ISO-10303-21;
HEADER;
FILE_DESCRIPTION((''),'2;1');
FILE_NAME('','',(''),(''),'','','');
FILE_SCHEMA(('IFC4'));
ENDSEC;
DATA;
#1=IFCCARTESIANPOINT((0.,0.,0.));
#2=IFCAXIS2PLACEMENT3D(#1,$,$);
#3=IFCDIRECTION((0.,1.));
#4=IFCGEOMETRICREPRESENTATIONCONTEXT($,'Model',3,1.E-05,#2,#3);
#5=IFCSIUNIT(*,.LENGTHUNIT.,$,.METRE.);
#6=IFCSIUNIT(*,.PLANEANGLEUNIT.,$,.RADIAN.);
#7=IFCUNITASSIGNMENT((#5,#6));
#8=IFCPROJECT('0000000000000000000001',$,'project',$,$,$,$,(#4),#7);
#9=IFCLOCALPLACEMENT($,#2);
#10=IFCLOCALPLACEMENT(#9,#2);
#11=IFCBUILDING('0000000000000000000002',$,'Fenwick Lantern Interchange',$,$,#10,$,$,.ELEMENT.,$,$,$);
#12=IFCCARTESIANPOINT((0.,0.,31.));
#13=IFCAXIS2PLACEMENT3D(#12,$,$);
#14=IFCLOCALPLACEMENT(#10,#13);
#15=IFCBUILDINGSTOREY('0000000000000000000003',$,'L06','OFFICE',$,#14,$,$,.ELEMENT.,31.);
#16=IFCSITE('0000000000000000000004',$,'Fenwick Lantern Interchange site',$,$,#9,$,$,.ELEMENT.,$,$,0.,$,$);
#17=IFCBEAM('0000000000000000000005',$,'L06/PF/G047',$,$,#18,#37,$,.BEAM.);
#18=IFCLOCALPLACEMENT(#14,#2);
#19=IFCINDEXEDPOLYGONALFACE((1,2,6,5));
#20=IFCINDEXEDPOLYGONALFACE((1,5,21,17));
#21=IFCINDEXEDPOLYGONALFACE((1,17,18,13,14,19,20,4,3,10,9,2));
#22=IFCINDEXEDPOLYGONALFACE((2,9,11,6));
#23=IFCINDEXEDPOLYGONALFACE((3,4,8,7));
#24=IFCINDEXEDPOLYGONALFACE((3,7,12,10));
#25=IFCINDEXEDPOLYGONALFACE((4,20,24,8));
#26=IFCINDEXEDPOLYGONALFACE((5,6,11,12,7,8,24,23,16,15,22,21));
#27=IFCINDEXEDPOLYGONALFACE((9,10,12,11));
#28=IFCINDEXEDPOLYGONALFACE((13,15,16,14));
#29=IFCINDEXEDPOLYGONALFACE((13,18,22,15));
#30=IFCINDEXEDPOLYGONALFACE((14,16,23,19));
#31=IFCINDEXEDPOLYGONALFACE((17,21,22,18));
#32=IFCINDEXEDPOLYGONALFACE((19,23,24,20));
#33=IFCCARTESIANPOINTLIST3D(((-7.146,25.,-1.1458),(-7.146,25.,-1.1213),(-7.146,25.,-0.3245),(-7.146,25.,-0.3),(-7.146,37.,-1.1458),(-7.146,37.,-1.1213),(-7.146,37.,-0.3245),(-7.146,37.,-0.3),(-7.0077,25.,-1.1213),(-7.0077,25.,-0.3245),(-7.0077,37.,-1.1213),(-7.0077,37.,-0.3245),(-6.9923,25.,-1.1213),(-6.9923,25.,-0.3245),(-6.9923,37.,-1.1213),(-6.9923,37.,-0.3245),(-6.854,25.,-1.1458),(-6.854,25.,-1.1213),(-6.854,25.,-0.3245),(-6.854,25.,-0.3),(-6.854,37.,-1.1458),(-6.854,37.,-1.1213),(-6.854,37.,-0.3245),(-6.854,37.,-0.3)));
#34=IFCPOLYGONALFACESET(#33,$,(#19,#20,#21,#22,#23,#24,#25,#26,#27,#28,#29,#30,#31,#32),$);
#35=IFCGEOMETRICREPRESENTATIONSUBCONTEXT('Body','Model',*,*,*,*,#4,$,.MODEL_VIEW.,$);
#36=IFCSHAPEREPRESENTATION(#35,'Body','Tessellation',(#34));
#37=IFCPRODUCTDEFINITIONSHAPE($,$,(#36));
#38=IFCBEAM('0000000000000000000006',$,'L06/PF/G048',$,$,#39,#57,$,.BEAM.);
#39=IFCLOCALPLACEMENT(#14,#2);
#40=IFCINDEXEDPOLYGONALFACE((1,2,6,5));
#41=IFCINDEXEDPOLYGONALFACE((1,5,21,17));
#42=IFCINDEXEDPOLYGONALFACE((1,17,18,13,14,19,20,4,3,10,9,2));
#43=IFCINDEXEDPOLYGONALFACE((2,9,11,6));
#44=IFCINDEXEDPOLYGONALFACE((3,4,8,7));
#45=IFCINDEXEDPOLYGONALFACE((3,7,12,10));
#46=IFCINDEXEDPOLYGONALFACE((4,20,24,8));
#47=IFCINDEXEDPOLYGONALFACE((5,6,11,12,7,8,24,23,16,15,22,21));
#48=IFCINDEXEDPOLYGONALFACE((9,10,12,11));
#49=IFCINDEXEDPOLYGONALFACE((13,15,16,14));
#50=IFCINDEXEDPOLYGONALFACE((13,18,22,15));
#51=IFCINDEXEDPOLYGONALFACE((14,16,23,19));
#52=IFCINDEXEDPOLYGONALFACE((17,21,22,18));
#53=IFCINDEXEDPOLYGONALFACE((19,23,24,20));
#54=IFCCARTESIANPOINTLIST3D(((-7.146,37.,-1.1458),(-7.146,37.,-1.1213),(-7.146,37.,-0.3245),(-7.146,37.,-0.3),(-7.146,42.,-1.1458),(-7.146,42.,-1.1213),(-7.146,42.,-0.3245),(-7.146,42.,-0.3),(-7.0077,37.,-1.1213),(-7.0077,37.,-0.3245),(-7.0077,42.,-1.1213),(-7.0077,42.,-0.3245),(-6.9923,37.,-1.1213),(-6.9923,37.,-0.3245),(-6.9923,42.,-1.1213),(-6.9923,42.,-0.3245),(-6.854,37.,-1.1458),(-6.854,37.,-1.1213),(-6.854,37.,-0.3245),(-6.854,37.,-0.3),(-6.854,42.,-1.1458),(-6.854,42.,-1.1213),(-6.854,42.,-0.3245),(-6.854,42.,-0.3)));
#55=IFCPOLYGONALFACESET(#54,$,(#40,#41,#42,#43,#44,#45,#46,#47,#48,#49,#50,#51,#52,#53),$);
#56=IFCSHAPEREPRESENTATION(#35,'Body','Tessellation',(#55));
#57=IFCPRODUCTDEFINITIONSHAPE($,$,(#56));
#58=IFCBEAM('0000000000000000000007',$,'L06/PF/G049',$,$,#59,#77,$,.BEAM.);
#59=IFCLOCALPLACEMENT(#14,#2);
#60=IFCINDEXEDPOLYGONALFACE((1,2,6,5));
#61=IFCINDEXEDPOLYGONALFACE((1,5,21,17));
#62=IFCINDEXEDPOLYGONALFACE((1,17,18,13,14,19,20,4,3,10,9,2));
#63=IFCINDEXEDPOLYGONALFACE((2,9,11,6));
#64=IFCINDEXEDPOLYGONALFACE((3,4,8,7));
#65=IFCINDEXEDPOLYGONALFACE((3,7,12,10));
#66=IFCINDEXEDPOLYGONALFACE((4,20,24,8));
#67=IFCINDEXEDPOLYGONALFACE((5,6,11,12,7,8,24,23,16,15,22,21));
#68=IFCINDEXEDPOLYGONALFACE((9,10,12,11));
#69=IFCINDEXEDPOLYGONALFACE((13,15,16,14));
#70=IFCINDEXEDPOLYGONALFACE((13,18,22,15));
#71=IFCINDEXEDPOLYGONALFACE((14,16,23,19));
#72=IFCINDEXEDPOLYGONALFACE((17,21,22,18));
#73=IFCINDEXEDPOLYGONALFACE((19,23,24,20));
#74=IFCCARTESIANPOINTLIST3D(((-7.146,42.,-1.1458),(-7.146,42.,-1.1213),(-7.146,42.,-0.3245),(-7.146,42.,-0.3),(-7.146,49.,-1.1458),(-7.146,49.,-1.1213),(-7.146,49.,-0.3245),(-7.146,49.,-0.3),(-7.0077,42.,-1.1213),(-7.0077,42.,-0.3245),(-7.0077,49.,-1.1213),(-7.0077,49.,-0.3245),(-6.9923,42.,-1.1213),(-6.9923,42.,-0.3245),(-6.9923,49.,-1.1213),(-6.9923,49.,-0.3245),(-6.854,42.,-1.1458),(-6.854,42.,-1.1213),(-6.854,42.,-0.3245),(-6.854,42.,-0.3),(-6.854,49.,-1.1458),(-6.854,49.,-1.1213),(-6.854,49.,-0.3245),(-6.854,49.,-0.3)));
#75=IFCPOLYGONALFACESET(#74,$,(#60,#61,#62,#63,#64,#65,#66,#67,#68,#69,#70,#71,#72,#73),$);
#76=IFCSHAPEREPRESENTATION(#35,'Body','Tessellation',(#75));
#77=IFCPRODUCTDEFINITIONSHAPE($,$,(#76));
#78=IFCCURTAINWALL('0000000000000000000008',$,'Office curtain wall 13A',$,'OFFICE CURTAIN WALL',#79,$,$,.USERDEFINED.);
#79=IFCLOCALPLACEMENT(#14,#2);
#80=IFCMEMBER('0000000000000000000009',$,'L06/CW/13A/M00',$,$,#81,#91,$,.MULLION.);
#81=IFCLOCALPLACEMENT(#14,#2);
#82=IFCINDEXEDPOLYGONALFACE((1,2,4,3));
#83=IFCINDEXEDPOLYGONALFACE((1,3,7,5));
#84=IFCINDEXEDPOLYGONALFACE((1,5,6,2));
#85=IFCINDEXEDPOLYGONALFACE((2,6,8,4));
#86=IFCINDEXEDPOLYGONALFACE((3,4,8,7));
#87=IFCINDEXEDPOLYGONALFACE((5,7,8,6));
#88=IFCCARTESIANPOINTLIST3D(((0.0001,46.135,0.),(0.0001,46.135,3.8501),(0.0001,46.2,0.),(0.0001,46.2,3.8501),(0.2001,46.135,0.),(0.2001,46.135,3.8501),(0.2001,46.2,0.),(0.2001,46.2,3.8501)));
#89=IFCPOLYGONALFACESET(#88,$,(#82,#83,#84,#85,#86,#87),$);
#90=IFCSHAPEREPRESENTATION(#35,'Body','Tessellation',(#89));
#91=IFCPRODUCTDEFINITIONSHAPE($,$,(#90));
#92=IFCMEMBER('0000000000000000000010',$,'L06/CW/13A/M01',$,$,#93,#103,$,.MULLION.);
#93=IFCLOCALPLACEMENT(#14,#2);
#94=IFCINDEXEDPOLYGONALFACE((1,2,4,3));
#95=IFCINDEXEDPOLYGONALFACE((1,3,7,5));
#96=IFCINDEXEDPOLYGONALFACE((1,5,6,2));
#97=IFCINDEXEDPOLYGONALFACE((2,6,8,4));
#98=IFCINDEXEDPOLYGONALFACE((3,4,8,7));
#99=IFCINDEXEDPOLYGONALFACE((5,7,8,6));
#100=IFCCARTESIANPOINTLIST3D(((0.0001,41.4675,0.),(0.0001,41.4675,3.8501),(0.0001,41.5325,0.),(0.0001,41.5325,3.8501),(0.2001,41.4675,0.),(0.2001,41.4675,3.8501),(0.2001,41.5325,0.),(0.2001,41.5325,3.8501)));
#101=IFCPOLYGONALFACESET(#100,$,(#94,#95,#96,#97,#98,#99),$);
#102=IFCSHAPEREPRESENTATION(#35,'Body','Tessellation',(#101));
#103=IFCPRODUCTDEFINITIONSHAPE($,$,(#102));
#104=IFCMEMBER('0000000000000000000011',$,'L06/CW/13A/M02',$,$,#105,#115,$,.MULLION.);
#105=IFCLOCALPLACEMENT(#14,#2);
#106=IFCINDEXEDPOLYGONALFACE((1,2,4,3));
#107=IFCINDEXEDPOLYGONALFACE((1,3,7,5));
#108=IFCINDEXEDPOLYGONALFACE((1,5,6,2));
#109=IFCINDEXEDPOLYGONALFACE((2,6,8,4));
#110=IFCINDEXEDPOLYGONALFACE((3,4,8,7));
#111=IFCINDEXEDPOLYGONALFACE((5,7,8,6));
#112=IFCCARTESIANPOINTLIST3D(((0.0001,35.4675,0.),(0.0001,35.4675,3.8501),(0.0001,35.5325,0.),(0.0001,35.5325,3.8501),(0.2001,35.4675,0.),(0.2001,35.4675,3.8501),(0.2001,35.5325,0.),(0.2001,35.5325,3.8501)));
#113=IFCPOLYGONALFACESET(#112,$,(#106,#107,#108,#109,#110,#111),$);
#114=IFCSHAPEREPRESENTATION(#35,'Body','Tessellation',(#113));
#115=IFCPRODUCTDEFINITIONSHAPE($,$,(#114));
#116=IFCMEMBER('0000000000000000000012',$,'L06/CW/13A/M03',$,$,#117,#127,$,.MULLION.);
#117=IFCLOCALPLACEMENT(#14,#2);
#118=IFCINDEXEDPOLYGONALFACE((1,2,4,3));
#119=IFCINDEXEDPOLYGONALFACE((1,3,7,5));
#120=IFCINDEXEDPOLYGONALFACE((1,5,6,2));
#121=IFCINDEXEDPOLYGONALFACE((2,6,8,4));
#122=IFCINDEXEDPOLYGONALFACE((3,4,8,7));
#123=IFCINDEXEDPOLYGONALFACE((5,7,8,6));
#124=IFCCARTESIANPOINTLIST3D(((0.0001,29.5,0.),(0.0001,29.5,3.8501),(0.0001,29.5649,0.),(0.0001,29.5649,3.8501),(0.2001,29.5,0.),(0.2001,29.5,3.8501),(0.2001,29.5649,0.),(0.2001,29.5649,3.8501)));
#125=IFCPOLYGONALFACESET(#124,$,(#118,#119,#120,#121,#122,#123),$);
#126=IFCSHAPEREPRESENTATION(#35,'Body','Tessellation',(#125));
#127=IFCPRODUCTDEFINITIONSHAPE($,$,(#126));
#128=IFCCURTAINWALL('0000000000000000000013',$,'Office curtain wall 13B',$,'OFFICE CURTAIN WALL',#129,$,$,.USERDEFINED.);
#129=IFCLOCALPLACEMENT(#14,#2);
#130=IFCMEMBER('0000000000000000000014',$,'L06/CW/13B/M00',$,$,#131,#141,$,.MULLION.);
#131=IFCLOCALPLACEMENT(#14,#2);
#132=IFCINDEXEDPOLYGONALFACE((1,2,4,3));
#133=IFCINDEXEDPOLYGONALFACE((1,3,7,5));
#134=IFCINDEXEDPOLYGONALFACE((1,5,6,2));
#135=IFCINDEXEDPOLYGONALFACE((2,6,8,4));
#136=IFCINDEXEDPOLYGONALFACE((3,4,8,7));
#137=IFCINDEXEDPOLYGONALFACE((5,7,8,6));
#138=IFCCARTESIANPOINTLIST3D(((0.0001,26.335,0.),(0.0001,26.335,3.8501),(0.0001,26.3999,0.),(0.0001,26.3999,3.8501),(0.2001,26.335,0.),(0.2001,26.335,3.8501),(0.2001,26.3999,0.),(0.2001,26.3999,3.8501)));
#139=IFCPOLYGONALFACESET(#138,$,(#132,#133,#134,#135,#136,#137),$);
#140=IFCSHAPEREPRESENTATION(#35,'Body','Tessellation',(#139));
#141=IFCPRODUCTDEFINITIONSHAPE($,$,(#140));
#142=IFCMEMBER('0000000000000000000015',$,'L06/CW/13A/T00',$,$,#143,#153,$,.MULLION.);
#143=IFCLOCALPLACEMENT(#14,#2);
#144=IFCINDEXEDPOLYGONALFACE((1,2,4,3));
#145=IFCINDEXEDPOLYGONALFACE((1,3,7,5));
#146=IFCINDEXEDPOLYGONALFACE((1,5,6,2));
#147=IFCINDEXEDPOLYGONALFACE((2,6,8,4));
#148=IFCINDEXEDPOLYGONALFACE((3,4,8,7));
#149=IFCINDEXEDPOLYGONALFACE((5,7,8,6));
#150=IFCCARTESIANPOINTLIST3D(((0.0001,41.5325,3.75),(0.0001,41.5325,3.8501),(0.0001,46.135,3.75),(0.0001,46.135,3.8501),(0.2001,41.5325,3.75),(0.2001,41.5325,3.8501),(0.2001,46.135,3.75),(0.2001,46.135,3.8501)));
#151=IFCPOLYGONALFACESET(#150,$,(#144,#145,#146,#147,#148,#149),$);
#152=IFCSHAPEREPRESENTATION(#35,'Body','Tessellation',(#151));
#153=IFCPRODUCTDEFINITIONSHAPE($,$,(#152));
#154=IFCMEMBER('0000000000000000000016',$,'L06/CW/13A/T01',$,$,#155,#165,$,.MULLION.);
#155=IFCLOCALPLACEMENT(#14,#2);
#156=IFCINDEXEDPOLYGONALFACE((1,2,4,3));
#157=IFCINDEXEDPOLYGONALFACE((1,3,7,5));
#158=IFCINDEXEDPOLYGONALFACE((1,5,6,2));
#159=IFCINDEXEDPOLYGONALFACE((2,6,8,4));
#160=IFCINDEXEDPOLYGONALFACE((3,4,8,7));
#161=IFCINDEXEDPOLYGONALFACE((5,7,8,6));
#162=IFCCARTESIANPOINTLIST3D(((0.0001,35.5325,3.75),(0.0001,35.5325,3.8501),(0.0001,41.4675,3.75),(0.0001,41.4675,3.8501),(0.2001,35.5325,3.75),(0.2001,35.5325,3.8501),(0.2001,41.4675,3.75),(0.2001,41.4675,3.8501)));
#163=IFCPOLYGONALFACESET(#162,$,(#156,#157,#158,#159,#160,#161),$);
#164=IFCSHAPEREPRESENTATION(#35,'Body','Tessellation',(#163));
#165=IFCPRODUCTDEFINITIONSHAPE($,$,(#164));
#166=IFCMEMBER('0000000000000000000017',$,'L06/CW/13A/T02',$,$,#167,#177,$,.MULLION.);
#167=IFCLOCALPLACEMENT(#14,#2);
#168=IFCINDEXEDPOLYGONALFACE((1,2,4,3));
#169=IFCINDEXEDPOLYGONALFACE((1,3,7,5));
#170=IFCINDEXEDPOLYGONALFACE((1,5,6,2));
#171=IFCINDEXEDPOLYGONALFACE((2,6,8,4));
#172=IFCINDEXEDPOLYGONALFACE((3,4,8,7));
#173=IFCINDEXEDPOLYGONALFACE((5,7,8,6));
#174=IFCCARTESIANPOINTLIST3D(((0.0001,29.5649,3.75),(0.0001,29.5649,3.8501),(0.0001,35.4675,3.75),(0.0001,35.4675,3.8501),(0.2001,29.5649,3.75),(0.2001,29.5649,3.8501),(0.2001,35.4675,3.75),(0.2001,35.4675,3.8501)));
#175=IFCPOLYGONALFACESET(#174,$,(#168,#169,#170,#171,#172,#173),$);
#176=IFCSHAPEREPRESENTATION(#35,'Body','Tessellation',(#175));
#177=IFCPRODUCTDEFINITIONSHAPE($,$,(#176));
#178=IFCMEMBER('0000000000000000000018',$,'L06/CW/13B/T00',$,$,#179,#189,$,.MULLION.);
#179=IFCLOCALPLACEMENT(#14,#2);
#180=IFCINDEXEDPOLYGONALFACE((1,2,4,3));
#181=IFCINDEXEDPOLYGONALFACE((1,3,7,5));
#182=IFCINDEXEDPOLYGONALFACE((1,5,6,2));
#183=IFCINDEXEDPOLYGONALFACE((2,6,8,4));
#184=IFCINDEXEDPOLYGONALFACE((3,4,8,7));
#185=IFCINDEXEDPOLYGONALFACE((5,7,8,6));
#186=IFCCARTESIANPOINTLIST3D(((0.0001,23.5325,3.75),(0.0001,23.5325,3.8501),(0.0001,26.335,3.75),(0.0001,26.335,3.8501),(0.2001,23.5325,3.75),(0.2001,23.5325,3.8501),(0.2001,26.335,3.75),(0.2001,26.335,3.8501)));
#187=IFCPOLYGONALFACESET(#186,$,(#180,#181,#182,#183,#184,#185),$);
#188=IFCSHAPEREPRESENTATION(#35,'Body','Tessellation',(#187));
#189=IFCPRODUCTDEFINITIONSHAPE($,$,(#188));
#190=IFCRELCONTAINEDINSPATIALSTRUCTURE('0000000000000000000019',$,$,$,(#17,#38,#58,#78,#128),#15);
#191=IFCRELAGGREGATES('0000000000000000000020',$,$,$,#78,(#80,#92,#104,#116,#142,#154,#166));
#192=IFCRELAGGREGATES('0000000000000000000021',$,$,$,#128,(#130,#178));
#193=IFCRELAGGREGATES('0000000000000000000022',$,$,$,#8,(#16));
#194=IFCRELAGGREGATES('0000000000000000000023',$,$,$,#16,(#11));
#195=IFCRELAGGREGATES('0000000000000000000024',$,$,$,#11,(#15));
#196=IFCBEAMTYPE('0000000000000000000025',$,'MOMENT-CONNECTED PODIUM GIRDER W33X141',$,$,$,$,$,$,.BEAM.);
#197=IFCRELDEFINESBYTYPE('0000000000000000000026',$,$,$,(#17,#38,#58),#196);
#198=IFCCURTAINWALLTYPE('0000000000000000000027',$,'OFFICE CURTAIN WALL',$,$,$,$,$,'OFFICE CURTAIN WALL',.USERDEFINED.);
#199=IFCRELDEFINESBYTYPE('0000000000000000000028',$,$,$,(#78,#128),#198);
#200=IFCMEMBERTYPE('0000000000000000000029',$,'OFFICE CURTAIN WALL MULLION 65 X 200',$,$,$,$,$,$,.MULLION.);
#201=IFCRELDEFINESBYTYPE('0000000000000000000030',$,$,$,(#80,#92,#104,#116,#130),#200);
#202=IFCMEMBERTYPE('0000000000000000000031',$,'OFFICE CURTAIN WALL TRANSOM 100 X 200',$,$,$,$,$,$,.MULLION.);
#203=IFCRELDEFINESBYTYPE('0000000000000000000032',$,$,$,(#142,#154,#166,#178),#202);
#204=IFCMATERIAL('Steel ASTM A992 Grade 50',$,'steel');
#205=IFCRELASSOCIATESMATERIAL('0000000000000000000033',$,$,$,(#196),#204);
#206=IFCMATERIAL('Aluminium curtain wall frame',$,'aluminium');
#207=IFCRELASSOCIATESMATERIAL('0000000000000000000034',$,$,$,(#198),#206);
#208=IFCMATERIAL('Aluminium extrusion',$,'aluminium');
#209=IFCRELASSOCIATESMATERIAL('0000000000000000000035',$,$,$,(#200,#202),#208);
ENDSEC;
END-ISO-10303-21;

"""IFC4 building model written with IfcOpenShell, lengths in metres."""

from ifc_helpers import new_model, si_unit, direction, frame, origin, origin_2d, place, context, subcontext, project, spatial, rectangle, i_section, extrude, material, material_profile, profile_set, type_object, element, aggregate, save


model = new_model("IFC4")

# Units and contexts
model_context = context("Model", 3, precision=1e-05, world=origin(), true_north=direction((0.0, 1.0)))
body_context = subcontext(model_context, "Body", "Model", "MODEL_VIEW")
ifc_project = project(units=[si_unit("LENGTHUNIT", "METRE"), si_unit("PLANEANGLEUNIT", "RADIAN")], contexts=[model_context])

# Site, building, storey
site_placement = place(None, origin())
site = spatial("IfcSite", under=ifc_project, at=site_placement, Name="Fenwick Lantern Interchange site", CompositionType="ELEMENT", RefElevation=0.0)
building_placement = place(site_placement, origin())
building = spatial("IfcBuilding", under=site, at=building_placement, Name="Fenwick Lantern Interchange", CompositionType="ELEMENT")
storey_placement = place(building_placement, frame((0.0, 0.0, 31.0)))
storey = spatial("IfcBuildingStorey", under=building, at=storey_placement, Name="L06", Description="OFFICE", CompositionType="ELEMENT", Elevation=31.0)

# Beams
ifc_material_1 = material(Name="Steel ASTM A992 Grade 50", Category="steel")
ifc_material_profile_1 = material_profile(ifc_material_1, i_section(OverallWidth=0.292, OverallDepth=0.8457, WebThickness=0.0154, FlangeThickness=0.0244, at=origin_2d()), Name="W33X141")
ifc_profile_set_1 = profile_set([ifc_material_profile_1], Name="Steel ASTM A992 Grade 50")
beam_type_1 = type_object("IfcBeamType", Name="MOMENT-CONNECTED PODIUM GIRDER W33X141", PredefinedType="BEAM", material=ifc_profile_set_1)
beam_1_placement = place(storey_placement, frame((-7.0, 25.0, -0.7229), z_axis=(0.0, 1.0, 0.0), x_axis=(-1.0, 0.0, 0.0)))
element("IfcBeam", 1, at=beam_1_placement, inside=storey, type_object=beam_type_1, Name="L06/PF/G047", PredefinedType="BEAM", context=body_context, shape_type="SweptSolid", body=[
    extrude(i_section(OverallWidth=0.292, OverallDepth=0.8457, WebThickness=0.0154, FlangeThickness=0.0244, at=origin_2d()), origin(), (0.0, 0.0, 1.0), 12.0),
])
beam_2_placement = place(storey_placement, frame((-7.0, 37.0, -0.7229), z_axis=(0.0, 1.0, 0.0), x_axis=(-1.0, 0.0, 0.0)))
element("IfcBeam", 2, at=beam_2_placement, inside=storey, type_object=beam_type_1, Name="L06/PF/G048", PredefinedType="BEAM", context=body_context, shape_type="SweptSolid", body=[
    extrude(i_section(OverallWidth=0.292, OverallDepth=0.8457, WebThickness=0.0154, FlangeThickness=0.0244, at=origin_2d()), origin(), (0.0, 0.0, 1.0), 5.0),
])
beam_3_placement = place(storey_placement, frame((-7.0, 42.0, -0.7229), z_axis=(0.0, 1.0, 0.0), x_axis=(-1.0, 0.0, 0.0)))
element("IfcBeam", 3, at=beam_3_placement, inside=storey, type_object=beam_type_1, Name="L06/PF/G049", PredefinedType="BEAM", context=body_context, shape_type="SweptSolid", body=[
    extrude(i_section(OverallWidth=0.292, OverallDepth=0.8457, WebThickness=0.0154, FlangeThickness=0.0244, at=origin_2d()), origin(), (0.0, 0.0, 1.0), 7.0),
])

# Curtain wall, members
ifc_material_2 = material(Name="Aluminium curtain wall frame", Category="aluminium")
curtain_wall_type = type_object("IfcCurtainWallType", Name="OFFICE CURTAIN WALL", ElementType="OFFICE CURTAIN WALL", PredefinedType="USERDEFINED", material=ifc_material_2)
curtain_wall_1_placement = place(storey_placement, origin())
curtain_wall_1 = element("IfcCurtainWall", 4, at=curtain_wall_1_placement, inside=storey, type_object=curtain_wall_type, Name="Office curtain wall 13A", ObjectType="OFFICE CURTAIN WALL", PredefinedType="USERDEFINED")
ifc_material_3 = material(Name="Aluminium extrusion", Category="aluminium")
ifc_material_profile_2 = material_profile(ifc_material_3, rectangle(XDim=0.2, YDim=0.0649, at=origin_2d()), Name="OFFICE CURTAIN WALL MULLION 65 X 200")
ifc_profile_set_2 = profile_set([ifc_material_profile_2], Name="Aluminium extrusion")
member_type_1 = type_object("IfcMemberType", Name="OFFICE CURTAIN WALL MULLION 65 X 200", PredefinedType="MULLION", material=ifc_profile_set_2)
member_1_placement = place(storey_placement, frame((0.1001, 46.1675, 0.0), z_axis=(0.0, 0.0, 1.0), x_axis=(1.0, 0.0, 0.0)))
member_1 = element("IfcMember", 5, at=member_1_placement, type_object=member_type_1, Name="L06/CW/13A/M00", PredefinedType="MULLION", context=body_context, shape_type="SweptSolid", body=[
    extrude(rectangle(XDim=0.2, YDim=0.0649, at=origin_2d()), origin(), (0.0, 0.0, 1.0), 3.8501),
])
member_2_placement = place(storey_placement, frame((0.1001, 41.5, 0.0), z_axis=(0.0, 0.0, 1.0), x_axis=(1.0, 0.0, 0.0)))
member_2 = element("IfcMember", 6, at=member_2_placement, type_object=member_type_1, Name="L06/CW/13A/M01", PredefinedType="MULLION", context=body_context, shape_type="SweptSolid", body=[
    extrude(rectangle(XDim=0.2, YDim=0.0649, at=origin_2d()), origin(), (0.0, 0.0, 1.0), 3.8501),
])
member_3_placement = place(storey_placement, frame((0.1001, 35.5, 0.0), z_axis=(0.0, 0.0, 1.0), x_axis=(1.0, 0.0, 0.0)))
member_3 = element("IfcMember", 7, at=member_3_placement, type_object=member_type_1, Name="L06/CW/13A/M02", PredefinedType="MULLION", context=body_context, shape_type="SweptSolid", body=[
    extrude(rectangle(XDim=0.2, YDim=0.0649, at=origin_2d()), origin(), (0.0, 0.0, 1.0), 3.8501),
])
member_4_placement = place(storey_placement, frame((0.1001, 29.5325, 0.0), z_axis=(0.0, 0.0, 1.0), x_axis=(1.0, 0.0, 0.0)))
member_4 = element("IfcMember", 8, at=member_4_placement, type_object=member_type_1, Name="L06/CW/13A/M03", PredefinedType="MULLION", context=body_context, shape_type="SweptSolid", body=[
    extrude(rectangle(XDim=0.2, YDim=0.0649, at=origin_2d()), origin(), (0.0, 0.0, 1.0), 3.8501),
])

# Curtain wall, member
curtain_wall_2_placement = place(storey_placement, origin())
curtain_wall_2 = element("IfcCurtainWall", 9, at=curtain_wall_2_placement, inside=storey, type_object=curtain_wall_type, Name="Office curtain wall 13B", ObjectType="OFFICE CURTAIN WALL", PredefinedType="USERDEFINED")
member_5_placement = place(storey_placement, frame((0.1001, 26.3674, 0.0), z_axis=(0.0, 0.0, 1.0), x_axis=(1.0, 0.0, 0.0)))
member_5 = element("IfcMember", 10, at=member_5_placement, type_object=member_type_1, Name="L06/CW/13B/M00", PredefinedType="MULLION", context=body_context, shape_type="SweptSolid", body=[
    extrude(rectangle(XDim=0.2, YDim=0.0649, at=origin_2d()), origin(), (0.0, 0.0, 1.0), 3.8501),
])

# Members
ifc_material_profile_3 = material_profile(ifc_material_3, rectangle(XDim=0.2, YDim=0.1001, at=origin_2d()), Name="OFFICE CURTAIN WALL TRANSOM 100 X 200")
ifc_profile_set_3 = profile_set([ifc_material_profile_3], Name="Aluminium extrusion")
member_type_2 = type_object("IfcMemberType", Name="OFFICE CURTAIN WALL TRANSOM 100 X 200", PredefinedType="MULLION", material=ifc_profile_set_3)
member_6_placement = place(storey_placement, frame((0.1001, 46.135, 3.8), z_axis=(0.0, -1.0, 0.0), x_axis=(1.0, 0.0, 0.0)))
member_6 = element("IfcMember", 11, at=member_6_placement, type_object=member_type_2, Name="L06/CW/13A/T00", PredefinedType="MULLION", context=body_context, shape_type="SweptSolid", body=[
    extrude(rectangle(XDim=0.2, YDim=0.1001, at=origin_2d()), origin(), (0.0, 0.0, 1.0), 4.6025),
])
member_7_placement = place(storey_placement, frame((0.1001, 41.4675, 3.8), z_axis=(0.0, -1.0, 0.0), x_axis=(1.0, 0.0, 0.0)))
member_7 = element("IfcMember", 12, at=member_7_placement, type_object=member_type_2, Name="L06/CW/13A/T01", PredefinedType="MULLION", context=body_context, shape_type="SweptSolid", body=[
    extrude(rectangle(XDim=0.2, YDim=0.1001, at=origin_2d()), origin(), (0.0, 0.0, 1.0), 5.9351),
])
member_8_placement = place(storey_placement, frame((0.1001, 35.4675, 3.8), z_axis=(0.0, -1.0, 0.0), x_axis=(1.0, 0.0, 0.0)))
member_8 = element("IfcMember", 13, at=member_8_placement, type_object=member_type_2, Name="L06/CW/13A/T02", PredefinedType="MULLION", context=body_context, shape_type="SweptSolid", body=[
    extrude(rectangle(XDim=0.2, YDim=0.1001, at=origin_2d()), origin(), (0.0, 0.0, 1.0), 5.9026),
])
member_9_placement = place(storey_placement, frame((0.1001, 26.335, 3.8), z_axis=(0.0, -1.0, 0.0), x_axis=(1.0, 0.0, 0.0)))
member_9 = element("IfcMember", 14, at=member_9_placement, type_object=member_type_2, Name="L06/CW/13B/T00", PredefinedType="MULLION", context=body_context, shape_type="SweptSolid", body=[
    extrude(rectangle(XDim=0.2, YDim=0.1001, at=origin_2d()), origin(), (0.0, 0.0, 1.0), 2.8025),
])

aggregate(curtain_wall_1, [member_1, member_2, member_3, member_4, member_6, member_7, member_8])
aggregate(curtain_wall_2, [member_5, member_9])

save(model, "model.ifc")
